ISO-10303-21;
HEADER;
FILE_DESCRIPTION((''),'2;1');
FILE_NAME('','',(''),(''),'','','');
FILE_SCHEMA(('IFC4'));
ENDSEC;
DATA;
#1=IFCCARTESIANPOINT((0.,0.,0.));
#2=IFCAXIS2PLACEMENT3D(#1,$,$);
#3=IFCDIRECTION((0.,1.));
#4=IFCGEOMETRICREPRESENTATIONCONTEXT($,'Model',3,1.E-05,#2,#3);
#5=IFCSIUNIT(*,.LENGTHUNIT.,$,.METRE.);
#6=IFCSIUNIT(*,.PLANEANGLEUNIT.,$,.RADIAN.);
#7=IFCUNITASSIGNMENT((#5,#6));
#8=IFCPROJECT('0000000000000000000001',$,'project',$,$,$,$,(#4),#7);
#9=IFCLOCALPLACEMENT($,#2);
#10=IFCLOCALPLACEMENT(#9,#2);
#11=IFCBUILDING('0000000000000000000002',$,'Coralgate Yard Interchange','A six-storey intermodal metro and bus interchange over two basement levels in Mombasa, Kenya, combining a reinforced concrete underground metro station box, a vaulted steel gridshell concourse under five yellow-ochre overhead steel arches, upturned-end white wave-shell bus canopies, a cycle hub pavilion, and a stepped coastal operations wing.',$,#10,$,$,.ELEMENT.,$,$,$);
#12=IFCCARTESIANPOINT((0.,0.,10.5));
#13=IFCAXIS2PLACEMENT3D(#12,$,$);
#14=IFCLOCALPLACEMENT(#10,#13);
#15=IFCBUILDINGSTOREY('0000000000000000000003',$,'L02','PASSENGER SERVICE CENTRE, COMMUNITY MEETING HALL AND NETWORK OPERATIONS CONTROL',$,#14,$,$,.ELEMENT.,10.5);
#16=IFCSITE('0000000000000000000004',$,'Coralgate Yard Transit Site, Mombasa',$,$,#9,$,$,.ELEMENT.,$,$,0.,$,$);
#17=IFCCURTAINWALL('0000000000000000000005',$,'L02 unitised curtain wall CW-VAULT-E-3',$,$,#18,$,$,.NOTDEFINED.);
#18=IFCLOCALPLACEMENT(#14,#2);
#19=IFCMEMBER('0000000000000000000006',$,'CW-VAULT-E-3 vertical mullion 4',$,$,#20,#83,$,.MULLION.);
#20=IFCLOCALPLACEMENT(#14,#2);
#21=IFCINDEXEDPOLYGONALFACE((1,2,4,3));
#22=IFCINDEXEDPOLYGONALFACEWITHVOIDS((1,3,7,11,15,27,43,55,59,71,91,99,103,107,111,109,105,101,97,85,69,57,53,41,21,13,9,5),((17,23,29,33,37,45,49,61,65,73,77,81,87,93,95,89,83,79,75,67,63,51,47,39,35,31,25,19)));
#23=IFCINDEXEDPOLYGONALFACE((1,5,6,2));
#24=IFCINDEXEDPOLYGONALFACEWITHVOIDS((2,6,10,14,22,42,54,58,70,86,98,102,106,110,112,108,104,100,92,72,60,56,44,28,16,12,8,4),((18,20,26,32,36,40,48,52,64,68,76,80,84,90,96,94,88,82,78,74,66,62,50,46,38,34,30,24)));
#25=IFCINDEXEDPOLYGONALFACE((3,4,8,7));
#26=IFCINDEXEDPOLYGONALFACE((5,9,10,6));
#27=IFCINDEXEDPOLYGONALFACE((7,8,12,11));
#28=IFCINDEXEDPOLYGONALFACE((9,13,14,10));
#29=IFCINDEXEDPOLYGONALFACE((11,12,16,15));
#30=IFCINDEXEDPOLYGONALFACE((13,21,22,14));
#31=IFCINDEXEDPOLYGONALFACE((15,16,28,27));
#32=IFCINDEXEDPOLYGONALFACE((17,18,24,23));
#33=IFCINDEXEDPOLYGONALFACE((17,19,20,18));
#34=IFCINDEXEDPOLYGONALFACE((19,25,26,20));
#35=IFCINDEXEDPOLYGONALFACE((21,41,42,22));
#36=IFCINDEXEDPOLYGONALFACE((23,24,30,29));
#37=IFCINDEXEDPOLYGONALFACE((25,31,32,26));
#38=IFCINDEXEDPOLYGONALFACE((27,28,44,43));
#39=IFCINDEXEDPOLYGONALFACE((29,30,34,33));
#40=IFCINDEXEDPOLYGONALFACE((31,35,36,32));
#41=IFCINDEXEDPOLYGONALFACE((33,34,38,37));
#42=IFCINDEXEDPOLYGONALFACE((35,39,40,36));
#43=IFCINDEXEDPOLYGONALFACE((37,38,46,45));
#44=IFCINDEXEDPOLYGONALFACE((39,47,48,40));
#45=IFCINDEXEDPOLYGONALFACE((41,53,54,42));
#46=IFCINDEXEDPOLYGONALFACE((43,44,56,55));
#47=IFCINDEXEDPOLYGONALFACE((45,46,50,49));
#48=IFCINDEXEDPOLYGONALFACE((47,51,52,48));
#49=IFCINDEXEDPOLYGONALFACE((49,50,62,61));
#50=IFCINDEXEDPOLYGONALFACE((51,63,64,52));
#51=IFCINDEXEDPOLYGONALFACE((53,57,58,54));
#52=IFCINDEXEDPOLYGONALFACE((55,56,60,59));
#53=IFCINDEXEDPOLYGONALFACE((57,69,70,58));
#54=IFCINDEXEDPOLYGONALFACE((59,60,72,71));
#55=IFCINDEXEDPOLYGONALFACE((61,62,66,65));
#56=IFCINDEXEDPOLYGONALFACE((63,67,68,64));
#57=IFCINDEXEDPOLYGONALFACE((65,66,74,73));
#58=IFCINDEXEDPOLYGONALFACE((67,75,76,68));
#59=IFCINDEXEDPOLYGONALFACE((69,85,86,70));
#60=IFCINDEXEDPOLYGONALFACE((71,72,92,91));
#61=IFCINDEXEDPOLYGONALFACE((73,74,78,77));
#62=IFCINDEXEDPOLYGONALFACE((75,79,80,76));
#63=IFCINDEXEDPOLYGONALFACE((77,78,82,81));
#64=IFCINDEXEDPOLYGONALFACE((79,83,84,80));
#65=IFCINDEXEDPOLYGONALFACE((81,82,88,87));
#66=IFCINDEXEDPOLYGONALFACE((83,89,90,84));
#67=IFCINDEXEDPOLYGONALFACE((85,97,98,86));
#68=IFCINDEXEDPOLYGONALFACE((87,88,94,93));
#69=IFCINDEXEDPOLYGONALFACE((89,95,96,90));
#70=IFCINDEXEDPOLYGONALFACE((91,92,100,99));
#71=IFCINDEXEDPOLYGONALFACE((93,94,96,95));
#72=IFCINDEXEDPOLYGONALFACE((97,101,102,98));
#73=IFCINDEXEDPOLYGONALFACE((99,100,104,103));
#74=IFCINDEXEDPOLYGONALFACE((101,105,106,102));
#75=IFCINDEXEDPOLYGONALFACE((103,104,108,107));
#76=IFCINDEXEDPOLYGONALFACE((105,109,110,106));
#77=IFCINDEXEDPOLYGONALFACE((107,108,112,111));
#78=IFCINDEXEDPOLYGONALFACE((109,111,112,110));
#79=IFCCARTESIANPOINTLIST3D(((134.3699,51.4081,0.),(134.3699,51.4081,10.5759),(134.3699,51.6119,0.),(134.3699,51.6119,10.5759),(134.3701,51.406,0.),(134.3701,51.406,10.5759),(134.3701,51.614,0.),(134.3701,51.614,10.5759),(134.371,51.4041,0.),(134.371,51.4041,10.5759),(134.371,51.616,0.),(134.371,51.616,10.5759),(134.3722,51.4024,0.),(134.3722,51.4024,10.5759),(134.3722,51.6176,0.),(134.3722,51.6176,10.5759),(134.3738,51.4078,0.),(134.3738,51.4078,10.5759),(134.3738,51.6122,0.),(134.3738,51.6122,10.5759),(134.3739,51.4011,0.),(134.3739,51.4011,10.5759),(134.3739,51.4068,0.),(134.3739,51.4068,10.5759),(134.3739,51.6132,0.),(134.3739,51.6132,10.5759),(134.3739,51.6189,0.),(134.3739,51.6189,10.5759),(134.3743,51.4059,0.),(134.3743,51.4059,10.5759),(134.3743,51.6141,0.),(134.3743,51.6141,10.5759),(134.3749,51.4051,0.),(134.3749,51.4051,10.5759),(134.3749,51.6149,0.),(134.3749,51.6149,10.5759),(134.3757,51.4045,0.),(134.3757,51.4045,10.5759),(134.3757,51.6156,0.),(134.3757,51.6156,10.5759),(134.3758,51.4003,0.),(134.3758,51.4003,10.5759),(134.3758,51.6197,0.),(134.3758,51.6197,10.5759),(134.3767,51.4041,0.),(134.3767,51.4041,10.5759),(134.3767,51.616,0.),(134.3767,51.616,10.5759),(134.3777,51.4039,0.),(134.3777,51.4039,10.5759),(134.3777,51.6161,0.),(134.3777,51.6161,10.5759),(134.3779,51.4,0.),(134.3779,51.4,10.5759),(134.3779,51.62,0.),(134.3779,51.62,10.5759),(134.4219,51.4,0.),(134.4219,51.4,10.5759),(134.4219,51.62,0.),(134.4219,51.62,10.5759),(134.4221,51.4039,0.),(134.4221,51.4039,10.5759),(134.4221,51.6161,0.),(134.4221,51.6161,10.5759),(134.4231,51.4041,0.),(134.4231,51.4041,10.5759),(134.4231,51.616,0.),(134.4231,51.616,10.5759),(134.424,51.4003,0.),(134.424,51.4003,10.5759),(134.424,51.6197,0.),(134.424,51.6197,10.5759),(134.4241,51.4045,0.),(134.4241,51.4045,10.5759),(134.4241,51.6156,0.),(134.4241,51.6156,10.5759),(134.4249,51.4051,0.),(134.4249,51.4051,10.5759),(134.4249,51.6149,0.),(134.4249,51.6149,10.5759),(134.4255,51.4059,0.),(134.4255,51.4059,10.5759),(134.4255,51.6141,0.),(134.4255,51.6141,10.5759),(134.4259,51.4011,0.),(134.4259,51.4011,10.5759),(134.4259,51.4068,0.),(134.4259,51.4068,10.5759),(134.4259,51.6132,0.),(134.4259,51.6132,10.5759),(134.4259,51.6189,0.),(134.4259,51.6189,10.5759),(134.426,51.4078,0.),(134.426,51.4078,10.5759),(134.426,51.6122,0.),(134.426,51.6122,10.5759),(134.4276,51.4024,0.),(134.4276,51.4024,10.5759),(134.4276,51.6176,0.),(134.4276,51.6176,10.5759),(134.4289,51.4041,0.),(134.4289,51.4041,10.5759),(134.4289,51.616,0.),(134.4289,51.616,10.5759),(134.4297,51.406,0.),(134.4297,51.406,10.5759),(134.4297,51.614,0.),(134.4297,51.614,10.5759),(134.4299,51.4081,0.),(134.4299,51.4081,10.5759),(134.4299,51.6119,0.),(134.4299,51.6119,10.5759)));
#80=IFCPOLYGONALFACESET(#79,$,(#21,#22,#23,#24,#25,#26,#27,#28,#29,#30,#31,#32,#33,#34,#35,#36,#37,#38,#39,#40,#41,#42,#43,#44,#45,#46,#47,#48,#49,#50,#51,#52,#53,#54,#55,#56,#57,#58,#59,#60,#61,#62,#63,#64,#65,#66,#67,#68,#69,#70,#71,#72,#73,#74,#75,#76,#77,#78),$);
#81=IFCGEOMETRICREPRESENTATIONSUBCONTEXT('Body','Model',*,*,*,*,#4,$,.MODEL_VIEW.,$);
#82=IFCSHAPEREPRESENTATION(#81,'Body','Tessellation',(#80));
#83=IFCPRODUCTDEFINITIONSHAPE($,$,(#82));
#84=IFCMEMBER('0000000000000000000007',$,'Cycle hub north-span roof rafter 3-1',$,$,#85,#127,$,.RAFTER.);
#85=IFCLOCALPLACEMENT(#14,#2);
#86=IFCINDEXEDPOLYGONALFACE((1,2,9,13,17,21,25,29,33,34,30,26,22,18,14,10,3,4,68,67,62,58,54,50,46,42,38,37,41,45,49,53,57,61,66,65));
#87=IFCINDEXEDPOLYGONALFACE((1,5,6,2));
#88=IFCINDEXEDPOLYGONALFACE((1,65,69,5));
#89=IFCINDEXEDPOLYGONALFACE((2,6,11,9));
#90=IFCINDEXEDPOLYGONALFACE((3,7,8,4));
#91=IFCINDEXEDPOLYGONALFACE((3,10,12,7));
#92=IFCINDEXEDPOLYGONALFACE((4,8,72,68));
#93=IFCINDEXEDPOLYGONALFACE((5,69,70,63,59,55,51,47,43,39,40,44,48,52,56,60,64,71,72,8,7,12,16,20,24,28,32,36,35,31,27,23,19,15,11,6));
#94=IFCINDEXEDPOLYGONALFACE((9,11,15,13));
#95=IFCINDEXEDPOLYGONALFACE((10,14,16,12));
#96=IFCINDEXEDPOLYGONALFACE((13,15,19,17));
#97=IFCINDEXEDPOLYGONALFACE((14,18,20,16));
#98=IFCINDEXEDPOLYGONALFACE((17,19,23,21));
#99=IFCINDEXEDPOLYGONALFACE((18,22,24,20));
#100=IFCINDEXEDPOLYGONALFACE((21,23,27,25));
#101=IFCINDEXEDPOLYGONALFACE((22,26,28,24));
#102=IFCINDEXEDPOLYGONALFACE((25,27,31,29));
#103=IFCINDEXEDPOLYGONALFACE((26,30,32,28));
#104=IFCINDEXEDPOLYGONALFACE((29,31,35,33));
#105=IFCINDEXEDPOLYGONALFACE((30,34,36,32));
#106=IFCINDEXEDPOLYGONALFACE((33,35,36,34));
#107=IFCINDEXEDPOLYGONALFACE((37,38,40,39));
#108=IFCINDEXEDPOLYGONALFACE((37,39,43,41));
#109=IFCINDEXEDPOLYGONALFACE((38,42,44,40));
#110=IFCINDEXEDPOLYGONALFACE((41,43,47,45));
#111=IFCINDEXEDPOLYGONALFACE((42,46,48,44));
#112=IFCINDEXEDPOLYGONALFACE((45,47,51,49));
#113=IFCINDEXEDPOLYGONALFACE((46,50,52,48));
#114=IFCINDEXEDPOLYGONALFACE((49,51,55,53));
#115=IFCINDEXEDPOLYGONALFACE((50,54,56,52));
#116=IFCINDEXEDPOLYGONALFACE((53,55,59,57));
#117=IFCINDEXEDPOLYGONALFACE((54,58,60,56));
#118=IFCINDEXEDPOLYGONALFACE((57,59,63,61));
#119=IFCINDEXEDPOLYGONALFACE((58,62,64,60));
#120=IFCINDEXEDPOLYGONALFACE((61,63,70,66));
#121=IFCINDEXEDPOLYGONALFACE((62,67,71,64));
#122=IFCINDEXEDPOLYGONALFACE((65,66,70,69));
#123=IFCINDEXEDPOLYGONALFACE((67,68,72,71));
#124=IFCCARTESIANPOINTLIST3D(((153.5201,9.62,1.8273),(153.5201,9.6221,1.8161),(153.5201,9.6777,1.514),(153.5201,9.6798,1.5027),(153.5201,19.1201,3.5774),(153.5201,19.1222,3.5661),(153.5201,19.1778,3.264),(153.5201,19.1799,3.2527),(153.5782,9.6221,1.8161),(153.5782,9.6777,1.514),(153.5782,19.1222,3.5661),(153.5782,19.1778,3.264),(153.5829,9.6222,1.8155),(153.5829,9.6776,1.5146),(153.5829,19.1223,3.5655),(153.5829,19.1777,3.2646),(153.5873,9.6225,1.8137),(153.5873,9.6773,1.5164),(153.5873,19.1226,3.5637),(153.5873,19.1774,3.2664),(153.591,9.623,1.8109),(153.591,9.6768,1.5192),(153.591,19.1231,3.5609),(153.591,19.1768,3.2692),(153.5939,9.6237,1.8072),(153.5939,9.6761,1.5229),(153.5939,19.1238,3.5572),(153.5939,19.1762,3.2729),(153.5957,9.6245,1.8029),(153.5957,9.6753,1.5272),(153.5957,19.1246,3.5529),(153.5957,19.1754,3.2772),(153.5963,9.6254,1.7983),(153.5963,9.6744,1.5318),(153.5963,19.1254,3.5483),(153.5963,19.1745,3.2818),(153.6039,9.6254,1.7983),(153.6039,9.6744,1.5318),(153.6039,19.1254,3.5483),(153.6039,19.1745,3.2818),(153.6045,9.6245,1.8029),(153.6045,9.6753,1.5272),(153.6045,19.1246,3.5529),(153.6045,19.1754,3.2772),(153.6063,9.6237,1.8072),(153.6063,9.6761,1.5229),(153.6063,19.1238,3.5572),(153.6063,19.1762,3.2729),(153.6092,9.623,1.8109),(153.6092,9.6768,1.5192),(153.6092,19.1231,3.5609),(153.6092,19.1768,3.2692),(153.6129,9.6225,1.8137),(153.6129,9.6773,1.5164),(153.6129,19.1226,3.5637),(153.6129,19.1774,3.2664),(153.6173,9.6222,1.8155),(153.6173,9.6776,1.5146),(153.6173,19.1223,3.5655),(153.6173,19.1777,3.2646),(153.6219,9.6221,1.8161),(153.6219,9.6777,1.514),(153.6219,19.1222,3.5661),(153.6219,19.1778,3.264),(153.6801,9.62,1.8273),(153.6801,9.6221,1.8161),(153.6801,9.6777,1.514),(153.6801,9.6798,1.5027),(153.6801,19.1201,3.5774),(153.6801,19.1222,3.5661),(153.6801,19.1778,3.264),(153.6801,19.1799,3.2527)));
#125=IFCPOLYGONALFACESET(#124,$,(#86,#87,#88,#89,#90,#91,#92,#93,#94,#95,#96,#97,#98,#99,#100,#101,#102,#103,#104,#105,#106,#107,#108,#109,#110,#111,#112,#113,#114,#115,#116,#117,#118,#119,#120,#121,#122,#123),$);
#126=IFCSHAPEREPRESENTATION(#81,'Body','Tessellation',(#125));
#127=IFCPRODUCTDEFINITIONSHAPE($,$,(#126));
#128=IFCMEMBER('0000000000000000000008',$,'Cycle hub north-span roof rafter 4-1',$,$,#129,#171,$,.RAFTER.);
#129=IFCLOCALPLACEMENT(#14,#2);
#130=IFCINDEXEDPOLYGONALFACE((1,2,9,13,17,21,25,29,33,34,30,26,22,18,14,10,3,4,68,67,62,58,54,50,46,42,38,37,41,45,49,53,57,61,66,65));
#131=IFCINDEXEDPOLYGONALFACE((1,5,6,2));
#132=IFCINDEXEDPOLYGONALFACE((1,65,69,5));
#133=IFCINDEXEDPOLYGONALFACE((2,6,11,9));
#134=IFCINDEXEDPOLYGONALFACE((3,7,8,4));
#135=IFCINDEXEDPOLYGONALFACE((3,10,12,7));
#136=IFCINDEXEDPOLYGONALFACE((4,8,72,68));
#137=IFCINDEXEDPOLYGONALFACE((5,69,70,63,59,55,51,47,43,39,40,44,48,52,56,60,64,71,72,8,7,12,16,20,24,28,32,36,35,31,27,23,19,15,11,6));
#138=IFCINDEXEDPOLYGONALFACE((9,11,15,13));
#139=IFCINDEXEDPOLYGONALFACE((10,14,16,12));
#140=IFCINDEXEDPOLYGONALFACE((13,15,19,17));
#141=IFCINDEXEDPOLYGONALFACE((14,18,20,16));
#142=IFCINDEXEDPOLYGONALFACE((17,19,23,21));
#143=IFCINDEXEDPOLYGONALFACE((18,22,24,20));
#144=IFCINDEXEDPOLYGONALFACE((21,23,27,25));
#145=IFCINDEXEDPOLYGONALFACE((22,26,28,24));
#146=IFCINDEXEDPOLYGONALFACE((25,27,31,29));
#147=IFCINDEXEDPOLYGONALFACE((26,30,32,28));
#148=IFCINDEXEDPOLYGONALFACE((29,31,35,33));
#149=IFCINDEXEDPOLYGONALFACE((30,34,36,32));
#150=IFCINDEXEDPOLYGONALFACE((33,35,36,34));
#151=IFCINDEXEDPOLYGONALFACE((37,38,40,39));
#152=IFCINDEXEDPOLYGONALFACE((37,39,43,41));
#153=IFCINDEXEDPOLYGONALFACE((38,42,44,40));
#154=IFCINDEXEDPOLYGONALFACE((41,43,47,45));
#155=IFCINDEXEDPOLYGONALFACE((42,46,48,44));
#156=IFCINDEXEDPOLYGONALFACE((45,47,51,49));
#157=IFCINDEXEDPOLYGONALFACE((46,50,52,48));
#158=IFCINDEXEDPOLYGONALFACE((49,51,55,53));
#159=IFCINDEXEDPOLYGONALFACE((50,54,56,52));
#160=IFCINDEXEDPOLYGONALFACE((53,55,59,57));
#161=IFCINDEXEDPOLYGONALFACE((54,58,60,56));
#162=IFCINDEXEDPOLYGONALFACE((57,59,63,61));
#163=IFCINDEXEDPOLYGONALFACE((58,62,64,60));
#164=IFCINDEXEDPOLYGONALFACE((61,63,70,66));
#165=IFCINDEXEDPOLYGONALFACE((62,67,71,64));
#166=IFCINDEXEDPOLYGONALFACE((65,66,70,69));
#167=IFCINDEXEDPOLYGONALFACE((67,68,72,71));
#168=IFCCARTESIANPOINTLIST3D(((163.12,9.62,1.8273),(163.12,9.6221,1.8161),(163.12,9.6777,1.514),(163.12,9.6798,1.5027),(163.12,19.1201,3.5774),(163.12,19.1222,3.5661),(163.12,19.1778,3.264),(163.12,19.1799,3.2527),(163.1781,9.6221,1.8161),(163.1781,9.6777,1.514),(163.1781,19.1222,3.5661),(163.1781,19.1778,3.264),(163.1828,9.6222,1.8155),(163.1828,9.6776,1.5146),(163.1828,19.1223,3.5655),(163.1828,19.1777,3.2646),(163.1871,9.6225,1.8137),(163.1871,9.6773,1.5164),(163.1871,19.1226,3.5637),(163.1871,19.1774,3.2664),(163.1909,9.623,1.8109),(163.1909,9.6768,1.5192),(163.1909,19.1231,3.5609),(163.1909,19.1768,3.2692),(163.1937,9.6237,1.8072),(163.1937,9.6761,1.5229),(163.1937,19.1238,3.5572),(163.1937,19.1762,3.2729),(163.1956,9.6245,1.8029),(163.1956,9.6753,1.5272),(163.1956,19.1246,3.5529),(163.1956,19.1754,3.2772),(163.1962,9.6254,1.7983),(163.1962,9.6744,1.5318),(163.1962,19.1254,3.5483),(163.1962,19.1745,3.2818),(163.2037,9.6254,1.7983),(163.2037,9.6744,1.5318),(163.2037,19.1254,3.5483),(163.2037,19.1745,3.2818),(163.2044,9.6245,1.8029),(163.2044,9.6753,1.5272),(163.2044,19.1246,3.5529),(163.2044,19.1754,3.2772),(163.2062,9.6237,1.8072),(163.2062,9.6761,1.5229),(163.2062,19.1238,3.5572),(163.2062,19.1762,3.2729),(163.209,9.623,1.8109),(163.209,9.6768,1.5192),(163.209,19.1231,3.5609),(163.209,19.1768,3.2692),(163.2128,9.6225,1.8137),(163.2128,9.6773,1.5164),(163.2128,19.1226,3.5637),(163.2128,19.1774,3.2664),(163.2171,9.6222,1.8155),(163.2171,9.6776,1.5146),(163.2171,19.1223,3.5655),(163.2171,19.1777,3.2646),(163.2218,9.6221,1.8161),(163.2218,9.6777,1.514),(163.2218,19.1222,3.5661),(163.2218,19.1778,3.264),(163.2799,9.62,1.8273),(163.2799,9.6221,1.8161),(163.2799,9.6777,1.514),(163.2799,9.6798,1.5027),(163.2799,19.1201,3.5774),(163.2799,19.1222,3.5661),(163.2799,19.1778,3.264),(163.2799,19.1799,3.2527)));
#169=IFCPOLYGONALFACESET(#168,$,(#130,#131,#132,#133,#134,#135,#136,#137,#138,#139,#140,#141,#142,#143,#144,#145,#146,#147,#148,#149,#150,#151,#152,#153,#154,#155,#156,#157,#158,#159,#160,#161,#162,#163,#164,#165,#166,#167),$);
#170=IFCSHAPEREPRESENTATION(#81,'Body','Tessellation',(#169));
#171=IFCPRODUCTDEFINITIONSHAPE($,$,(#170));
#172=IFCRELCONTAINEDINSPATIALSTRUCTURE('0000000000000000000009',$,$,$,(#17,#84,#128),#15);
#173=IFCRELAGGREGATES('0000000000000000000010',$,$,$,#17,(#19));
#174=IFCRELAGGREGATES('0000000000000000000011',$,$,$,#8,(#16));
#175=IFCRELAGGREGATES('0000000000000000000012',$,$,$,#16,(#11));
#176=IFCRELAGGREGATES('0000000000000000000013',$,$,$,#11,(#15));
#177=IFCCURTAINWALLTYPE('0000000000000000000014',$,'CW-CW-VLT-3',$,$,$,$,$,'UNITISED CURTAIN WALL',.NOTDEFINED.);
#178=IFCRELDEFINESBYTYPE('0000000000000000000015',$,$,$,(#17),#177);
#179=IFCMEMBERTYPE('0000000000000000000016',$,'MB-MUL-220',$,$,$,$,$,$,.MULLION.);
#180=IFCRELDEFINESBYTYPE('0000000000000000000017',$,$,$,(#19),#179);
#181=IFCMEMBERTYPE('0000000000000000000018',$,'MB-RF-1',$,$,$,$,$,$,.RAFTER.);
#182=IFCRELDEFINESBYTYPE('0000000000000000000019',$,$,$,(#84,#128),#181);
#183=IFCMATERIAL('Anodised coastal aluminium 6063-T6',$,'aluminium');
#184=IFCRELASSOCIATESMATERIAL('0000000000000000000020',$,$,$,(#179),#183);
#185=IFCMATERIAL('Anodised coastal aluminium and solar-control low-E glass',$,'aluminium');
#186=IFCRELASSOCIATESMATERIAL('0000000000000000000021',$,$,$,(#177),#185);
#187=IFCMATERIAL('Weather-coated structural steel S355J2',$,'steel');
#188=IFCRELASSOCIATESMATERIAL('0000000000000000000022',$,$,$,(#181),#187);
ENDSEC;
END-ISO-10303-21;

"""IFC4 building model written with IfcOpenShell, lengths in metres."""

from ifc_helpers import new_model, si_unit, direction, frame, origin, origin_2d, place, context, subcontext, project, spatial, hollow_rectangle, i_section, extrude, material, material_profile, profile_set, type_object, element, aggregate, save


model = new_model("IFC4")

# Units and contexts
model_context = context("Model", 3, precision=1e-05, world=origin(), true_north=direction((0.0, 1.0)))
body_context = subcontext(model_context, "Body", "Model", "MODEL_VIEW")
ifc_project = project(units=[si_unit("LENGTHUNIT", "METRE"), si_unit("PLANEANGLEUNIT", "RADIAN")], contexts=[model_context])

# Site, building, storey
site_placement = place(None, origin())
site = spatial("IfcSite", under=ifc_project, at=site_placement, Name="Coralgate Yard Transit Site, Mombasa", CompositionType="ELEMENT", RefElevation=0.0)
building_placement = place(site_placement, origin())
building = spatial("IfcBuilding", under=site, at=building_placement, Name="Coralgate Yard Interchange", Description="A six-storey intermodal metro and bus interchange over two basement levels in Mombasa, Kenya, combining a reinforced concrete underground metro station box, a vaulted steel gridshell concourse under five yellow-ochre overhead steel arches, upturned-end white wave-shell bus canopies, a cycle hub pavilion, and a stepped coastal operations wing.", CompositionType="ELEMENT")
storey_placement = place(building_placement, frame((0.0, 0.0, 10.5)))
storey = spatial("IfcBuildingStorey", under=building, at=storey_placement, Name="L02", Description="PASSENGER SERVICE CENTRE, COMMUNITY MEETING HALL AND NETWORK OPERATIONS CONTROL", CompositionType="ELEMENT", Elevation=10.5)

# Shared definitions
ifc_material_1 = material(Name="Weather-coated structural steel S355J2", Category="steel")

# Shared definitions
ifc_material_2 = material(Name="Anodised coastal aluminium and solar-control low-E glass", Category="aluminium")
ifc_material_3 = material(Name="Anodised coastal aluminium 6063-T6", Category="aluminium")
ifc_material_profile_1 = material_profile(ifc_material_3, hollow_rectangle(XDim=0.0601, YDim=0.22, WallThickness=0.0039, InnerFilletRadius=0.0039, OuterFilletRadius=0.0081, at=origin_2d()), Name="ALU 60x220x4")
ifc_profile_set_1 = profile_set([ifc_material_profile_1], Name="Anodised coastal aluminium 6063-T6")
member_type_1 = type_object("IfcMemberType", Name="MB-MUL-220", PredefinedType="MULLION", material=ifc_profile_set_1)

# Curtain wall, member
curtain_wall_type_1 = type_object("IfcCurtainWallType", Name="CW-CW-VLT-3", ElementType="UNITISED CURTAIN WALL", PredefinedType="NOTDEFINED", material=ifc_material_2)
curtain_wall_1_placement = place(storey_placement, origin())
curtain_wall_1 = element("IfcCurtainWall", 1, at=curtain_wall_1_placement, inside=storey, type_object=curtain_wall_type_1, Name="L02 unitised curtain wall CW-VAULT-E-3", PredefinedType="NOTDEFINED")
member_1_placement = place(storey_placement, frame((134.3999, 51.51, 0.0), z_axis=(0.0, 0.0, 1.0), x_axis=(1.0, 0.0, 0.0)))
member_1 = element("IfcMember", 2, at=member_1_placement, type_object=member_type_1, Name="CW-VAULT-E-3 vertical mullion 4", PredefinedType="MULLION", context=body_context, shape_type="SweptSolid", body=[
    extrude(hollow_rectangle(XDim=0.0601, YDim=0.22, WallThickness=0.0039, InnerFilletRadius=0.0039, OuterFilletRadius=0.0081, at=origin_2d()), origin(), (0.0, 0.0, 1.0), 10.5759),
])

# Members
ifc_material_profile_2 = material_profile(ifc_material_1, i_section(OverallWidth=0.1599, OverallDepth=0.3301, WebThickness=0.0076, FlangeThickness=0.0115, FilletRadius=0.0181, at=origin_2d()), Name="IPE 330")
ifc_profile_set_2 = profile_set([ifc_material_profile_2], Name="Weather-coated structural steel S355J2")
member_type_2 = type_object("IfcMemberType", Name="MB-RF-1", PredefinedType="RAFTER", material=ifc_profile_set_2)
for number, where, z_axis, x_axis, name in (
    (3, (153.6001, 9.6499, 1.665), (0.0, 0.983453, 0.181162), (-1.0, 0.0, 0.0), "Cycle hub north-span roof rafter 3-1"),
    (4, (163.2, 9.6499, 1.665), (0.0, 0.983453, 0.181162), (-1.0, 0.0, 0.0), "Cycle hub north-span roof rafter 4-1"),
):
    element("IfcMember", number, at=place(storey_placement, frame(where, z_axis=z_axis, x_axis=x_axis)), inside=storey, type_object=member_type_2, Name=name, PredefinedType="RAFTER", context=body_context, shape_type="SweptSolid", body=[
        extrude(i_section(OverallWidth=0.1599, OverallDepth=0.3301, WebThickness=0.0076, FlangeThickness=0.0115, FilletRadius=0.0181, at=origin_2d()), origin(), (0.0, 0.0, 1.0), 9.6599),
    ])

aggregate(curtain_wall_1, [member_1])

save(model, "model.ifc")
